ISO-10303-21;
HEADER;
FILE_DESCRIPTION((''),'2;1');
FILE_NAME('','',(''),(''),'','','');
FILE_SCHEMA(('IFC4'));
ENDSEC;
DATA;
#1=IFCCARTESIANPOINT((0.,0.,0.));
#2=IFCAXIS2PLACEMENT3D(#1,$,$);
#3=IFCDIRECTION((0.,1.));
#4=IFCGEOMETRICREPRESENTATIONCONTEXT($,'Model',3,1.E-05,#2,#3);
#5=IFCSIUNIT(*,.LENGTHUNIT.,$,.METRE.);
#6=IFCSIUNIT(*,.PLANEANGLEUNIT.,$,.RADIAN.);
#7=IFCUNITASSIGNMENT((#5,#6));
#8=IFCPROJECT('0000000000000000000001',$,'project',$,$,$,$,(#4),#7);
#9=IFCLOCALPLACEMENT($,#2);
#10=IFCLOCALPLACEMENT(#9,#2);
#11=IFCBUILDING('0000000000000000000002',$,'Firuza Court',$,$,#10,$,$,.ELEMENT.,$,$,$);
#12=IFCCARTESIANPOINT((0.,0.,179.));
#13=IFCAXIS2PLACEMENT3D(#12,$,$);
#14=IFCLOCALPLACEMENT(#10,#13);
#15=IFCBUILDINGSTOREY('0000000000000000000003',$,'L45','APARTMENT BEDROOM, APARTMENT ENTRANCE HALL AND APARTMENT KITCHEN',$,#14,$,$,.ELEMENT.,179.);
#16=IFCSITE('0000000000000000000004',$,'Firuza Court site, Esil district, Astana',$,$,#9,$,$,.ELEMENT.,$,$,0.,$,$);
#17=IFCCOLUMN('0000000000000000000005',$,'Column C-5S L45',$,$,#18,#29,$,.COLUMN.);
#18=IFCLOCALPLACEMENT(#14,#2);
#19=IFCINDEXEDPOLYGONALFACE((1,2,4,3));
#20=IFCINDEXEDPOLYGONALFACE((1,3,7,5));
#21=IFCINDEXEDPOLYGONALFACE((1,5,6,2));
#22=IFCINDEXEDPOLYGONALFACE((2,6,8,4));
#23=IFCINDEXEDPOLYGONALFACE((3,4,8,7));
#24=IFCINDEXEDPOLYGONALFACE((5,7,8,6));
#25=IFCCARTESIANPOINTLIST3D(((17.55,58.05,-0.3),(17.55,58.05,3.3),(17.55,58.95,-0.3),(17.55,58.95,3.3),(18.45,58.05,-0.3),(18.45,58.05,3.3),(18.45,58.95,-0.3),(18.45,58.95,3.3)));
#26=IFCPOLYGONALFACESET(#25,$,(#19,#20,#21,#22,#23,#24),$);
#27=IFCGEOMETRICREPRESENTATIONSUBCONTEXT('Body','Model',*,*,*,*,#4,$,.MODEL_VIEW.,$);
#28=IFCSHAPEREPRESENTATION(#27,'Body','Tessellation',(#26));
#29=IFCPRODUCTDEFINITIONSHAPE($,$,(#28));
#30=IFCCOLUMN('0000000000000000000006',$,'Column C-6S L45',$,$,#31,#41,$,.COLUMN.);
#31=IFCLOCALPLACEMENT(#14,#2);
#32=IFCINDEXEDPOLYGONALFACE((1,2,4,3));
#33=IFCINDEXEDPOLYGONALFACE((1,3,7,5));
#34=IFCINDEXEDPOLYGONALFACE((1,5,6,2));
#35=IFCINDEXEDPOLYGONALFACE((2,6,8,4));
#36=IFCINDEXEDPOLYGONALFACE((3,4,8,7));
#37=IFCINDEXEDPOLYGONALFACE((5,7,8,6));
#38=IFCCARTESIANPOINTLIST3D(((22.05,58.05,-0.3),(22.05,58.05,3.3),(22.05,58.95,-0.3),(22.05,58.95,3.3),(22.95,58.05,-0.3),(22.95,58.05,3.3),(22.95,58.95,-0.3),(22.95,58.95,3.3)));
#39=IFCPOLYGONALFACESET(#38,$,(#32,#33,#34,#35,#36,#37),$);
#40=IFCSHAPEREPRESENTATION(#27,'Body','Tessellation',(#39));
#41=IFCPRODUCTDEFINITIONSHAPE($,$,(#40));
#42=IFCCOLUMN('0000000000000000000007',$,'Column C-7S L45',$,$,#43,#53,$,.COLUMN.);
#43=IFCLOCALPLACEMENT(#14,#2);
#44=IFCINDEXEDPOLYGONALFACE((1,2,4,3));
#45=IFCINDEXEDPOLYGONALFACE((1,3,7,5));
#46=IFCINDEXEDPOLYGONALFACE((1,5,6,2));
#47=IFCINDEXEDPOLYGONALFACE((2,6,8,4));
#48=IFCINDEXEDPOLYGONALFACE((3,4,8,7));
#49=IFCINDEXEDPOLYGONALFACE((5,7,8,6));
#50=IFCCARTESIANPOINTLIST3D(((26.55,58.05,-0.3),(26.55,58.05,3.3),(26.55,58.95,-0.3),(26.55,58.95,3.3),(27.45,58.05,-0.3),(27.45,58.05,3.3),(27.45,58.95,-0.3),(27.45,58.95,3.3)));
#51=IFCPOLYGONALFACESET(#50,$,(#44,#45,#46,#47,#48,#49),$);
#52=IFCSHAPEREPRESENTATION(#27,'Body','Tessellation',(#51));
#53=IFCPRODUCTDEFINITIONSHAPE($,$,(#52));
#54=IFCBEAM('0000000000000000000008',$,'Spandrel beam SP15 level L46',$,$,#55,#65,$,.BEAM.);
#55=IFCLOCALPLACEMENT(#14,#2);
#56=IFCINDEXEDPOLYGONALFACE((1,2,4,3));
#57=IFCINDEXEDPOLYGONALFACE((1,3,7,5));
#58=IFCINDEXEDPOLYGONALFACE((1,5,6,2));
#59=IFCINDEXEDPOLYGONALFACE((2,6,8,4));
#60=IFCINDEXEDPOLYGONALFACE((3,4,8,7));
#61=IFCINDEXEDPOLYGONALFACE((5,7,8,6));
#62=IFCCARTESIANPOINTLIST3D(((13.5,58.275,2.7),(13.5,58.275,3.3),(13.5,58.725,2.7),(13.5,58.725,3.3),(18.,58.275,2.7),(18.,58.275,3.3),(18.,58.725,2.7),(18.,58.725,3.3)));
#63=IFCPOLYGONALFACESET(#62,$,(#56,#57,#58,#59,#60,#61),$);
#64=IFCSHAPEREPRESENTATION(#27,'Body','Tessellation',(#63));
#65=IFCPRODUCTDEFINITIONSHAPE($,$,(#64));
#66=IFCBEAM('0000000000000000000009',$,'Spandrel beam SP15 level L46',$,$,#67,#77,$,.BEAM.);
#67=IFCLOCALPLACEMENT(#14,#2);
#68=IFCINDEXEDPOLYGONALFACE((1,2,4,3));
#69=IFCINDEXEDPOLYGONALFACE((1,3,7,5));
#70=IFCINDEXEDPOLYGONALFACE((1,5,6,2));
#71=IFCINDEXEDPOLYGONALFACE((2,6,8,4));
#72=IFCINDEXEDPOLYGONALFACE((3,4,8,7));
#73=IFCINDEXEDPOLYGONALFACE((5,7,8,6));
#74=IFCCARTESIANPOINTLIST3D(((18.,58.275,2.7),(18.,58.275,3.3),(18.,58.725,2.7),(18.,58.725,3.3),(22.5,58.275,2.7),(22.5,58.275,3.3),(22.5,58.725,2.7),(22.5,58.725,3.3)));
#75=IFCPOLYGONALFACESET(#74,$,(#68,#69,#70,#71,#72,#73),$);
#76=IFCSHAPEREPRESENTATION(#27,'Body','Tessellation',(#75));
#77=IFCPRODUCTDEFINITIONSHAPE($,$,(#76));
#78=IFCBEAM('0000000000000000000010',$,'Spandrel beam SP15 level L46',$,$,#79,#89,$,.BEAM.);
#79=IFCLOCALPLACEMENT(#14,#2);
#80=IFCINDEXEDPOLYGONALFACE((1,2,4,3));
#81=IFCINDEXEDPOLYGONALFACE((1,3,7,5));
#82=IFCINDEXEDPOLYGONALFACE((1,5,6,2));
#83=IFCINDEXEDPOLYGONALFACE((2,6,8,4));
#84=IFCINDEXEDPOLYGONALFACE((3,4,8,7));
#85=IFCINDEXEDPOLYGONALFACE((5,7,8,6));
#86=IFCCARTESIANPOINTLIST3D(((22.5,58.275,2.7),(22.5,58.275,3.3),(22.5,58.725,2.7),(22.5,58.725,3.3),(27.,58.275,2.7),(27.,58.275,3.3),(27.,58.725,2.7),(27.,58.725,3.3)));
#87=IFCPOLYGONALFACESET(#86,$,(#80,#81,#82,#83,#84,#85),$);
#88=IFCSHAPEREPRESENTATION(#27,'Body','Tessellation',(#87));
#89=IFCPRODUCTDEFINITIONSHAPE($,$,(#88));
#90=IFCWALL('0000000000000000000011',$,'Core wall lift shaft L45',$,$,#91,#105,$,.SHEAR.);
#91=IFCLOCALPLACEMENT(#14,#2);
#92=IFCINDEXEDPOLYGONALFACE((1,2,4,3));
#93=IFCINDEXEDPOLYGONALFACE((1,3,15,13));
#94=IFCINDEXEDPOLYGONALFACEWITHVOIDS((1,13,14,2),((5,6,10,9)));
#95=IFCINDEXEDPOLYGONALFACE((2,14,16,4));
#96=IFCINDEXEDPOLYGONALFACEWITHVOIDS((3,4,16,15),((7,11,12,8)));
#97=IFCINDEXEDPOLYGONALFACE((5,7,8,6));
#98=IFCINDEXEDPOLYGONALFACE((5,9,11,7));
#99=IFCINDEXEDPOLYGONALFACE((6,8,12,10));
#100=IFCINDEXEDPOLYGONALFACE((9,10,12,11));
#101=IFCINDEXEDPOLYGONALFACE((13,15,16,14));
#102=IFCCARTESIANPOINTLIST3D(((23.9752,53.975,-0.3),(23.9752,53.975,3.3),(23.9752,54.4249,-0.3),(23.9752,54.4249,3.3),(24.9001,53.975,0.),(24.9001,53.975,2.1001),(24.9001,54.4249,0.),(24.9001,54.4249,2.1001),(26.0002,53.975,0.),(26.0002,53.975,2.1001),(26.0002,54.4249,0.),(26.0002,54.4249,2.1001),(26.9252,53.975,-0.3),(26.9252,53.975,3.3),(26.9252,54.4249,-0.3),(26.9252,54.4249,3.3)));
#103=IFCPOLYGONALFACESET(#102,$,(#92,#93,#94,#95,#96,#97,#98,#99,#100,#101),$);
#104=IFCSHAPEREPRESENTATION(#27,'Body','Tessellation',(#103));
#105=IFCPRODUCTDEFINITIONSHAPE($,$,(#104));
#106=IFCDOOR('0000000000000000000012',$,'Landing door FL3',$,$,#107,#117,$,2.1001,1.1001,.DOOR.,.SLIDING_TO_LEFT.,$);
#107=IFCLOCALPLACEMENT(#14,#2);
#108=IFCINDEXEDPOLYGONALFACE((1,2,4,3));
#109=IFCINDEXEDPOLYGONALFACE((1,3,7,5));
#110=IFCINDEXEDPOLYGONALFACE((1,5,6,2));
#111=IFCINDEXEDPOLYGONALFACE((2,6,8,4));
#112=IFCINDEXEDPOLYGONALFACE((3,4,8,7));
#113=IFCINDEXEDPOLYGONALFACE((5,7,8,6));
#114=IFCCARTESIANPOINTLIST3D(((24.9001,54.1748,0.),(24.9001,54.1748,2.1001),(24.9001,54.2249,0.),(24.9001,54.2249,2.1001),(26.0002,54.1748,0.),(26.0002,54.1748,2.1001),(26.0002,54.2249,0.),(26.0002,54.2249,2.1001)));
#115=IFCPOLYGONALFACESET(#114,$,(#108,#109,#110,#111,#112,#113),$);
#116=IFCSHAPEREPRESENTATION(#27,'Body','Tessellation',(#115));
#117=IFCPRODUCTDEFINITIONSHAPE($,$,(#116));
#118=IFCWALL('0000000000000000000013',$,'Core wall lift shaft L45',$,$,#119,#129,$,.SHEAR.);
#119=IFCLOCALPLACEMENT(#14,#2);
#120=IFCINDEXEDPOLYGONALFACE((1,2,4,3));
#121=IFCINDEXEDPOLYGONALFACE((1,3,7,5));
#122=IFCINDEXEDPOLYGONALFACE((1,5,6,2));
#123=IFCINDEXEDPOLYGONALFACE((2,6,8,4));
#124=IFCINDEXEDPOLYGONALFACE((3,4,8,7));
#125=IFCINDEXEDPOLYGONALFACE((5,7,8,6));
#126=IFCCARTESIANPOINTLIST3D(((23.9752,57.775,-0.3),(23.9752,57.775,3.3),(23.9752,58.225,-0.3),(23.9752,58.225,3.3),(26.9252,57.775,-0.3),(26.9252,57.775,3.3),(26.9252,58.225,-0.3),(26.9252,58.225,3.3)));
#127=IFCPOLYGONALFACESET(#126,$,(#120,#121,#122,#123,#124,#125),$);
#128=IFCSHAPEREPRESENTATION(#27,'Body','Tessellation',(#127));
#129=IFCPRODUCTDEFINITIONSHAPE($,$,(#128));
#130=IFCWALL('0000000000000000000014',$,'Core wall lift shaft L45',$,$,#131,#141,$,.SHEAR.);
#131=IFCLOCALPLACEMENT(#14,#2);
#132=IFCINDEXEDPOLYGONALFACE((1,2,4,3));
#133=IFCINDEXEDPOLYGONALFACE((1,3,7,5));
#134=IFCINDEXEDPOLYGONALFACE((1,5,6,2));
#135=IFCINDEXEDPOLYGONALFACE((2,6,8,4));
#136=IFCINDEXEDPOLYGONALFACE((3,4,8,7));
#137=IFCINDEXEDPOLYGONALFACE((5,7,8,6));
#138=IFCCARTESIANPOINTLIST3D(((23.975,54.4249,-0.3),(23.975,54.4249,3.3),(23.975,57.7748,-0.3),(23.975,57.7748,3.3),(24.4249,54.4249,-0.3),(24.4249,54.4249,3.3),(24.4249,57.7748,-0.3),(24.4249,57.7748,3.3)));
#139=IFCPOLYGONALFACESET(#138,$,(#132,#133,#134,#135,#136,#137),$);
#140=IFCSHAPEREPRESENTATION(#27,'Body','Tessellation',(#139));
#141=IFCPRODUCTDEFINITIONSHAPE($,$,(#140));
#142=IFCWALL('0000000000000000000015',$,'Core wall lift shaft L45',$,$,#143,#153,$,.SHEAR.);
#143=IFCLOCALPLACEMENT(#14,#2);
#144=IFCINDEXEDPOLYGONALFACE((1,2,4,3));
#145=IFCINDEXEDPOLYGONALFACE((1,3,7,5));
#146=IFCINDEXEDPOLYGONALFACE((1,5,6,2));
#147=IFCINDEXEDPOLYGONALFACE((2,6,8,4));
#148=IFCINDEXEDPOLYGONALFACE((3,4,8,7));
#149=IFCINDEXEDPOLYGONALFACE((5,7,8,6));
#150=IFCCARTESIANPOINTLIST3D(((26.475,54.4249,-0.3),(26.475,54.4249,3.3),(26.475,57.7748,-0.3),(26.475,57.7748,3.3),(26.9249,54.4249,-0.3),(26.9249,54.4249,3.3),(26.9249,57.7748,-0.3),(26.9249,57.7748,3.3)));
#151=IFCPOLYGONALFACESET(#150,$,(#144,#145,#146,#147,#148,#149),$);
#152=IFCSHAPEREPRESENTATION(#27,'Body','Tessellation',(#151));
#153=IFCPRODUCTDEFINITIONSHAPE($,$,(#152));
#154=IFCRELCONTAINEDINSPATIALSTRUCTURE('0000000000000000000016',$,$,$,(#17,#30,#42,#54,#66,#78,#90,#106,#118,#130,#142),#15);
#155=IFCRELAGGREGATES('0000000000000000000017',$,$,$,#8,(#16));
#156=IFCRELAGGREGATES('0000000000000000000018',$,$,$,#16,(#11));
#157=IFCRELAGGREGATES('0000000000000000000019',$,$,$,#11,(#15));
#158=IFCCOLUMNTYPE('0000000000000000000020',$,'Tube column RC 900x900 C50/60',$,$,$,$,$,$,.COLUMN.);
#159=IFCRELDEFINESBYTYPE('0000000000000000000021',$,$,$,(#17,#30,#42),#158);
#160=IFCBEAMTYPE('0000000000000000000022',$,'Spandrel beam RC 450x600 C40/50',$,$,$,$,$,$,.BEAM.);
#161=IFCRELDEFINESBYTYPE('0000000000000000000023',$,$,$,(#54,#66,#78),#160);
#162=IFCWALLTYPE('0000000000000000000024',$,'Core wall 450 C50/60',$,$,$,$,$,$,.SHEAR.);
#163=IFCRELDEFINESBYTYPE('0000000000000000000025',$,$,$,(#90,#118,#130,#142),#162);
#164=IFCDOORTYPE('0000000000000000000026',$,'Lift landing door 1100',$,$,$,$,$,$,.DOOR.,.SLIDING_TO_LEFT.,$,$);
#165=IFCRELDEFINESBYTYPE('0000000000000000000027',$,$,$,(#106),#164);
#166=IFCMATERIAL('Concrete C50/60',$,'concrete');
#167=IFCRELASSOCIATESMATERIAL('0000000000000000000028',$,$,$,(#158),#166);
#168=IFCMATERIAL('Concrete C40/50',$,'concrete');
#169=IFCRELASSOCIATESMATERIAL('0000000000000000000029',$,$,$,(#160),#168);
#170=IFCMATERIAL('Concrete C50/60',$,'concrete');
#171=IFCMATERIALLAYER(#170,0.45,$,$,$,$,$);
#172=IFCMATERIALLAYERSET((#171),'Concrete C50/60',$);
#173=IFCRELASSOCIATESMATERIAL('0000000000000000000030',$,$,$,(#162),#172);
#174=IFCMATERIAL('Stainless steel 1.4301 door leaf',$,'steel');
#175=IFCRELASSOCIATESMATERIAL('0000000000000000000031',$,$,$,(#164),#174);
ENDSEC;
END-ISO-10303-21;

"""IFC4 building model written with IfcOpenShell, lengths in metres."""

from ifc_helpers import new_model, si_unit, direction, frame, frame_2d, origin, origin_2d, place, context, subcontext, project, spatial, rectangle, extrude, material, layer, layer_set, material_profile, profile_set, type_object, element, fill, save


model = new_model("IFC4")

# Units and contexts
model_context = context("Model", 3, precision=1e-05, world=origin(), true_north=direction((0.0, 1.0)))
body_context = subcontext(model_context, "Body", "Model", "MODEL_VIEW")
ifc_project = project(units=[si_unit("LENGTHUNIT", "METRE"), si_unit("PLANEANGLEUNIT", "RADIAN")], contexts=[model_context])

# Site, building, storey
site_placement = place(None, origin())
site = spatial("IfcSite", under=ifc_project, at=site_placement, Name="Firuza Court site, Esil district, Astana", CompositionType="ELEMENT", RefElevation=0.0)
building_placement = place(site_placement, origin())
building = spatial("IfcBuilding", under=site, at=building_placement, Name="Firuza Court", CompositionType="ELEMENT")
storey_placement = place(building_placement, frame((0.0, 0.0, 179.0)))
storey = spatial("IfcBuildingStorey", under=building, at=storey_placement, Name="L45", Description="APARTMENT BEDROOM, APARTMENT ENTRANCE HALL AND APARTMENT KITCHEN", CompositionType="ELEMENT", Elevation=179.0)

# Columns
ifc_material_1 = material(Name="Concrete C50/60", Category="concrete")
ifc_material_profile_1 = material_profile(ifc_material_1, rectangle(XDim=0.8999, YDim=0.8999, at=origin_2d()), Name="RC 900x900")
ifc_profile_set_1 = profile_set([ifc_material_profile_1], Name="Concrete C50/60")
column_type = type_object("IfcColumnType", Name="Tube column RC 900x900 C50/60", PredefinedType="COLUMN", material=ifc_profile_set_1)
for number, where, z_axis, x_axis, name in (
    (1, (18.0, 58.5, -0.3), (0.0, 0.0, 1.0), (1.0, 0.0, 0.0), "Column C-5S L45"),
    (2, (22.5, 58.5, -0.3), (0.0, 0.0, 1.0), (1.0, 0.0, 0.0), "Column C-6S L45"),
    (3, (27.0, 58.5, -0.3), (0.0, 0.0, 1.0), (1.0, 0.0, 0.0), "Column C-7S L45"),
):
    element("IfcColumn", number, at=place(storey_placement, frame(where, z_axis=z_axis, x_axis=x_axis)), inside=storey, type_object=column_type, Name=name, PredefinedType="COLUMN", context=body_context, shape_type="SweptSolid", body=[
        extrude(rectangle(XDim=0.8999, YDim=0.8999, at=origin_2d()), origin(), (0.0, 0.0, 1.0), 3.6001),
    ])

# Beams
ifc_material_2 = material(Name="Concrete C40/50", Category="concrete")
ifc_material_profile_2 = material_profile(ifc_material_2, rectangle(XDim=0.45, YDim=0.6001, at=origin_2d()), Name="RC 450x600")
ifc_profile_set_2 = profile_set([ifc_material_profile_2], Name="Concrete C40/50")
beam_type = type_object("IfcBeamType", Name="Spandrel beam RC 450x600 C40/50", PredefinedType="BEAM", material=ifc_profile_set_2)
for number, where, z_axis, x_axis, name in (
    (4, (18.0, 58.5, 3.0), (-1.0, 0.0, 0.0), (0.0, -1.0, 0.0), "Spandrel beam SP15 level L46"),
    (5, (22.5, 58.5, 3.0), (-1.0, 0.0, 0.0), (0.0, -1.0, 0.0), "Spandrel beam SP15 level L46"),
    (6, (27.0, 58.5, 3.0), (-1.0, 0.0, 0.0), (0.0, -1.0, 0.0), "Spandrel beam SP15 level L46"),
):
    element("IfcBeam", number, at=place(storey_placement, frame(where, z_axis=z_axis, x_axis=x_axis)), inside=storey, type_object=beam_type, Name=name, PredefinedType="BEAM", context=body_context, shape_type="SweptSolid", body=[
        extrude(rectangle(XDim=0.45, YDim=0.6001, at=origin_2d()), origin(), (0.0, 0.0, 1.0), 4.5),
    ])

# Wall, opening, door
ifc_material_3 = material(Name="Concrete C50/60", Category="concrete")
ifc_layer_1 = layer(ifc_material_3, 0.45)
ifc_layer_set_1 = layer_set([ifc_layer_1], Name="Concrete C50/60")
wall_type_1 = type_object("IfcWallType", Name="Core wall 450 C50/60", PredefinedType="SHEAR", material=ifc_layer_set_1)
wall_1_placement = place(storey_placement, frame((23.9751, 54.2, -0.3), z_axis=(0.0, 0.0, 1.0), x_axis=(1.0, 0.0, 0.0)))
wall_1 = element("IfcWall", 7, at=wall_1_placement, inside=storey, type_object=wall_type_1, Name="Core wall lift shaft L45", PredefinedType="SHEAR", context=body_context, shape_type="SweptSolid", body=[
    extrude(rectangle(XDim=2.95, YDim=0.45, at=frame_2d((1.4751, 0.0))), origin(), (0.0, 0.0, 1.0), 3.6001),
])
opening_1_placement = place(wall_1_placement, frame((0.925, 0.0, 0.3)))
opening_1 = element("IfcOpeningElement", 8, at=opening_1_placement, cuts=wall_1, PredefinedType="OPENING", context=body_context, shape_type="SweptSolid", body=[
    extrude(rectangle(XDim=1.1001, YDim=2.1001, at=frame_2d((0.55, 1.05))), frame((0.0, 0.2368, 0.0), z_axis=(0.0, -1.0, 0.0), x_axis=(1.0, 0.0, 0.0)), (0.0, 0.0, 1.0), 0.4739),
])
ifc_material_4 = material(Name="Stainless steel 1.4301 door leaf", Category="steel")
door_type_1 = type_object("IfcDoorType", Name="Lift landing door 1100", OperationType="SLIDING_TO_LEFT", PredefinedType="DOOR", material=ifc_material_4)
door_1_placement = place(opening_1_placement, origin())
door_1 = element("IfcDoor", 9, at=door_1_placement, inside=storey, type_object=door_type_1, Name="Landing door FL3", OperationType="SLIDING_TO_LEFT", OverallHeight=2.1001, OverallWidth=1.1001, PredefinedType="DOOR", context=body_context, shape_type="SweptSolid", body=[
    extrude(rectangle(XDim=1.1001, YDim=2.1001, at=frame_2d((0.55, 1.05))), frame((0.0, 0.0249, 0.0), z_axis=(0.0, -1.0, 0.0), x_axis=(1.0, 0.0, 0.0)), (0.0, 0.0, 1.0), 0.05),
])
fill(opening_1, door_1)

# Walls
wall_2_placement = place(storey_placement, frame((23.9751, 58.0, -0.3), z_axis=(0.0, 0.0, 1.0), x_axis=(1.0, 0.0, 0.0)))
element("IfcWall", 10, at=wall_2_placement, inside=storey, type_object=wall_type_1, Name="Core wall lift shaft L45", PredefinedType="SHEAR", context=body_context, shape_type="SweptSolid", body=[
    extrude(rectangle(XDim=2.95, YDim=0.45, at=frame_2d((1.4751, 0.0))), origin(), (0.0, 0.0, 1.0), 3.6001),
])
for number, where, z_axis, x_axis, name in (
    (11, (24.2, 54.425, -0.3), (0.0, 0.0, 1.0), (0.0, 1.0, 0.0), "Core wall lift shaft L45"),
    (12, (26.7, 54.425, -0.3), (0.0, 0.0, 1.0), (0.0, 1.0, 0.0), "Core wall lift shaft L45"),
):
    element("IfcWall", number, at=place(storey_placement, frame(where, z_axis=z_axis, x_axis=x_axis)), inside=storey, type_object=wall_type_1, Name=name, PredefinedType="SHEAR", context=body_context, shape_type="SweptSolid", body=[
        extrude(rectangle(XDim=3.3499, YDim=0.45, at=frame_2d((1.6748, 0.0))), origin(), (0.0, 0.0, 1.0), 3.6001),
    ])

save(model, "model.ifc")
